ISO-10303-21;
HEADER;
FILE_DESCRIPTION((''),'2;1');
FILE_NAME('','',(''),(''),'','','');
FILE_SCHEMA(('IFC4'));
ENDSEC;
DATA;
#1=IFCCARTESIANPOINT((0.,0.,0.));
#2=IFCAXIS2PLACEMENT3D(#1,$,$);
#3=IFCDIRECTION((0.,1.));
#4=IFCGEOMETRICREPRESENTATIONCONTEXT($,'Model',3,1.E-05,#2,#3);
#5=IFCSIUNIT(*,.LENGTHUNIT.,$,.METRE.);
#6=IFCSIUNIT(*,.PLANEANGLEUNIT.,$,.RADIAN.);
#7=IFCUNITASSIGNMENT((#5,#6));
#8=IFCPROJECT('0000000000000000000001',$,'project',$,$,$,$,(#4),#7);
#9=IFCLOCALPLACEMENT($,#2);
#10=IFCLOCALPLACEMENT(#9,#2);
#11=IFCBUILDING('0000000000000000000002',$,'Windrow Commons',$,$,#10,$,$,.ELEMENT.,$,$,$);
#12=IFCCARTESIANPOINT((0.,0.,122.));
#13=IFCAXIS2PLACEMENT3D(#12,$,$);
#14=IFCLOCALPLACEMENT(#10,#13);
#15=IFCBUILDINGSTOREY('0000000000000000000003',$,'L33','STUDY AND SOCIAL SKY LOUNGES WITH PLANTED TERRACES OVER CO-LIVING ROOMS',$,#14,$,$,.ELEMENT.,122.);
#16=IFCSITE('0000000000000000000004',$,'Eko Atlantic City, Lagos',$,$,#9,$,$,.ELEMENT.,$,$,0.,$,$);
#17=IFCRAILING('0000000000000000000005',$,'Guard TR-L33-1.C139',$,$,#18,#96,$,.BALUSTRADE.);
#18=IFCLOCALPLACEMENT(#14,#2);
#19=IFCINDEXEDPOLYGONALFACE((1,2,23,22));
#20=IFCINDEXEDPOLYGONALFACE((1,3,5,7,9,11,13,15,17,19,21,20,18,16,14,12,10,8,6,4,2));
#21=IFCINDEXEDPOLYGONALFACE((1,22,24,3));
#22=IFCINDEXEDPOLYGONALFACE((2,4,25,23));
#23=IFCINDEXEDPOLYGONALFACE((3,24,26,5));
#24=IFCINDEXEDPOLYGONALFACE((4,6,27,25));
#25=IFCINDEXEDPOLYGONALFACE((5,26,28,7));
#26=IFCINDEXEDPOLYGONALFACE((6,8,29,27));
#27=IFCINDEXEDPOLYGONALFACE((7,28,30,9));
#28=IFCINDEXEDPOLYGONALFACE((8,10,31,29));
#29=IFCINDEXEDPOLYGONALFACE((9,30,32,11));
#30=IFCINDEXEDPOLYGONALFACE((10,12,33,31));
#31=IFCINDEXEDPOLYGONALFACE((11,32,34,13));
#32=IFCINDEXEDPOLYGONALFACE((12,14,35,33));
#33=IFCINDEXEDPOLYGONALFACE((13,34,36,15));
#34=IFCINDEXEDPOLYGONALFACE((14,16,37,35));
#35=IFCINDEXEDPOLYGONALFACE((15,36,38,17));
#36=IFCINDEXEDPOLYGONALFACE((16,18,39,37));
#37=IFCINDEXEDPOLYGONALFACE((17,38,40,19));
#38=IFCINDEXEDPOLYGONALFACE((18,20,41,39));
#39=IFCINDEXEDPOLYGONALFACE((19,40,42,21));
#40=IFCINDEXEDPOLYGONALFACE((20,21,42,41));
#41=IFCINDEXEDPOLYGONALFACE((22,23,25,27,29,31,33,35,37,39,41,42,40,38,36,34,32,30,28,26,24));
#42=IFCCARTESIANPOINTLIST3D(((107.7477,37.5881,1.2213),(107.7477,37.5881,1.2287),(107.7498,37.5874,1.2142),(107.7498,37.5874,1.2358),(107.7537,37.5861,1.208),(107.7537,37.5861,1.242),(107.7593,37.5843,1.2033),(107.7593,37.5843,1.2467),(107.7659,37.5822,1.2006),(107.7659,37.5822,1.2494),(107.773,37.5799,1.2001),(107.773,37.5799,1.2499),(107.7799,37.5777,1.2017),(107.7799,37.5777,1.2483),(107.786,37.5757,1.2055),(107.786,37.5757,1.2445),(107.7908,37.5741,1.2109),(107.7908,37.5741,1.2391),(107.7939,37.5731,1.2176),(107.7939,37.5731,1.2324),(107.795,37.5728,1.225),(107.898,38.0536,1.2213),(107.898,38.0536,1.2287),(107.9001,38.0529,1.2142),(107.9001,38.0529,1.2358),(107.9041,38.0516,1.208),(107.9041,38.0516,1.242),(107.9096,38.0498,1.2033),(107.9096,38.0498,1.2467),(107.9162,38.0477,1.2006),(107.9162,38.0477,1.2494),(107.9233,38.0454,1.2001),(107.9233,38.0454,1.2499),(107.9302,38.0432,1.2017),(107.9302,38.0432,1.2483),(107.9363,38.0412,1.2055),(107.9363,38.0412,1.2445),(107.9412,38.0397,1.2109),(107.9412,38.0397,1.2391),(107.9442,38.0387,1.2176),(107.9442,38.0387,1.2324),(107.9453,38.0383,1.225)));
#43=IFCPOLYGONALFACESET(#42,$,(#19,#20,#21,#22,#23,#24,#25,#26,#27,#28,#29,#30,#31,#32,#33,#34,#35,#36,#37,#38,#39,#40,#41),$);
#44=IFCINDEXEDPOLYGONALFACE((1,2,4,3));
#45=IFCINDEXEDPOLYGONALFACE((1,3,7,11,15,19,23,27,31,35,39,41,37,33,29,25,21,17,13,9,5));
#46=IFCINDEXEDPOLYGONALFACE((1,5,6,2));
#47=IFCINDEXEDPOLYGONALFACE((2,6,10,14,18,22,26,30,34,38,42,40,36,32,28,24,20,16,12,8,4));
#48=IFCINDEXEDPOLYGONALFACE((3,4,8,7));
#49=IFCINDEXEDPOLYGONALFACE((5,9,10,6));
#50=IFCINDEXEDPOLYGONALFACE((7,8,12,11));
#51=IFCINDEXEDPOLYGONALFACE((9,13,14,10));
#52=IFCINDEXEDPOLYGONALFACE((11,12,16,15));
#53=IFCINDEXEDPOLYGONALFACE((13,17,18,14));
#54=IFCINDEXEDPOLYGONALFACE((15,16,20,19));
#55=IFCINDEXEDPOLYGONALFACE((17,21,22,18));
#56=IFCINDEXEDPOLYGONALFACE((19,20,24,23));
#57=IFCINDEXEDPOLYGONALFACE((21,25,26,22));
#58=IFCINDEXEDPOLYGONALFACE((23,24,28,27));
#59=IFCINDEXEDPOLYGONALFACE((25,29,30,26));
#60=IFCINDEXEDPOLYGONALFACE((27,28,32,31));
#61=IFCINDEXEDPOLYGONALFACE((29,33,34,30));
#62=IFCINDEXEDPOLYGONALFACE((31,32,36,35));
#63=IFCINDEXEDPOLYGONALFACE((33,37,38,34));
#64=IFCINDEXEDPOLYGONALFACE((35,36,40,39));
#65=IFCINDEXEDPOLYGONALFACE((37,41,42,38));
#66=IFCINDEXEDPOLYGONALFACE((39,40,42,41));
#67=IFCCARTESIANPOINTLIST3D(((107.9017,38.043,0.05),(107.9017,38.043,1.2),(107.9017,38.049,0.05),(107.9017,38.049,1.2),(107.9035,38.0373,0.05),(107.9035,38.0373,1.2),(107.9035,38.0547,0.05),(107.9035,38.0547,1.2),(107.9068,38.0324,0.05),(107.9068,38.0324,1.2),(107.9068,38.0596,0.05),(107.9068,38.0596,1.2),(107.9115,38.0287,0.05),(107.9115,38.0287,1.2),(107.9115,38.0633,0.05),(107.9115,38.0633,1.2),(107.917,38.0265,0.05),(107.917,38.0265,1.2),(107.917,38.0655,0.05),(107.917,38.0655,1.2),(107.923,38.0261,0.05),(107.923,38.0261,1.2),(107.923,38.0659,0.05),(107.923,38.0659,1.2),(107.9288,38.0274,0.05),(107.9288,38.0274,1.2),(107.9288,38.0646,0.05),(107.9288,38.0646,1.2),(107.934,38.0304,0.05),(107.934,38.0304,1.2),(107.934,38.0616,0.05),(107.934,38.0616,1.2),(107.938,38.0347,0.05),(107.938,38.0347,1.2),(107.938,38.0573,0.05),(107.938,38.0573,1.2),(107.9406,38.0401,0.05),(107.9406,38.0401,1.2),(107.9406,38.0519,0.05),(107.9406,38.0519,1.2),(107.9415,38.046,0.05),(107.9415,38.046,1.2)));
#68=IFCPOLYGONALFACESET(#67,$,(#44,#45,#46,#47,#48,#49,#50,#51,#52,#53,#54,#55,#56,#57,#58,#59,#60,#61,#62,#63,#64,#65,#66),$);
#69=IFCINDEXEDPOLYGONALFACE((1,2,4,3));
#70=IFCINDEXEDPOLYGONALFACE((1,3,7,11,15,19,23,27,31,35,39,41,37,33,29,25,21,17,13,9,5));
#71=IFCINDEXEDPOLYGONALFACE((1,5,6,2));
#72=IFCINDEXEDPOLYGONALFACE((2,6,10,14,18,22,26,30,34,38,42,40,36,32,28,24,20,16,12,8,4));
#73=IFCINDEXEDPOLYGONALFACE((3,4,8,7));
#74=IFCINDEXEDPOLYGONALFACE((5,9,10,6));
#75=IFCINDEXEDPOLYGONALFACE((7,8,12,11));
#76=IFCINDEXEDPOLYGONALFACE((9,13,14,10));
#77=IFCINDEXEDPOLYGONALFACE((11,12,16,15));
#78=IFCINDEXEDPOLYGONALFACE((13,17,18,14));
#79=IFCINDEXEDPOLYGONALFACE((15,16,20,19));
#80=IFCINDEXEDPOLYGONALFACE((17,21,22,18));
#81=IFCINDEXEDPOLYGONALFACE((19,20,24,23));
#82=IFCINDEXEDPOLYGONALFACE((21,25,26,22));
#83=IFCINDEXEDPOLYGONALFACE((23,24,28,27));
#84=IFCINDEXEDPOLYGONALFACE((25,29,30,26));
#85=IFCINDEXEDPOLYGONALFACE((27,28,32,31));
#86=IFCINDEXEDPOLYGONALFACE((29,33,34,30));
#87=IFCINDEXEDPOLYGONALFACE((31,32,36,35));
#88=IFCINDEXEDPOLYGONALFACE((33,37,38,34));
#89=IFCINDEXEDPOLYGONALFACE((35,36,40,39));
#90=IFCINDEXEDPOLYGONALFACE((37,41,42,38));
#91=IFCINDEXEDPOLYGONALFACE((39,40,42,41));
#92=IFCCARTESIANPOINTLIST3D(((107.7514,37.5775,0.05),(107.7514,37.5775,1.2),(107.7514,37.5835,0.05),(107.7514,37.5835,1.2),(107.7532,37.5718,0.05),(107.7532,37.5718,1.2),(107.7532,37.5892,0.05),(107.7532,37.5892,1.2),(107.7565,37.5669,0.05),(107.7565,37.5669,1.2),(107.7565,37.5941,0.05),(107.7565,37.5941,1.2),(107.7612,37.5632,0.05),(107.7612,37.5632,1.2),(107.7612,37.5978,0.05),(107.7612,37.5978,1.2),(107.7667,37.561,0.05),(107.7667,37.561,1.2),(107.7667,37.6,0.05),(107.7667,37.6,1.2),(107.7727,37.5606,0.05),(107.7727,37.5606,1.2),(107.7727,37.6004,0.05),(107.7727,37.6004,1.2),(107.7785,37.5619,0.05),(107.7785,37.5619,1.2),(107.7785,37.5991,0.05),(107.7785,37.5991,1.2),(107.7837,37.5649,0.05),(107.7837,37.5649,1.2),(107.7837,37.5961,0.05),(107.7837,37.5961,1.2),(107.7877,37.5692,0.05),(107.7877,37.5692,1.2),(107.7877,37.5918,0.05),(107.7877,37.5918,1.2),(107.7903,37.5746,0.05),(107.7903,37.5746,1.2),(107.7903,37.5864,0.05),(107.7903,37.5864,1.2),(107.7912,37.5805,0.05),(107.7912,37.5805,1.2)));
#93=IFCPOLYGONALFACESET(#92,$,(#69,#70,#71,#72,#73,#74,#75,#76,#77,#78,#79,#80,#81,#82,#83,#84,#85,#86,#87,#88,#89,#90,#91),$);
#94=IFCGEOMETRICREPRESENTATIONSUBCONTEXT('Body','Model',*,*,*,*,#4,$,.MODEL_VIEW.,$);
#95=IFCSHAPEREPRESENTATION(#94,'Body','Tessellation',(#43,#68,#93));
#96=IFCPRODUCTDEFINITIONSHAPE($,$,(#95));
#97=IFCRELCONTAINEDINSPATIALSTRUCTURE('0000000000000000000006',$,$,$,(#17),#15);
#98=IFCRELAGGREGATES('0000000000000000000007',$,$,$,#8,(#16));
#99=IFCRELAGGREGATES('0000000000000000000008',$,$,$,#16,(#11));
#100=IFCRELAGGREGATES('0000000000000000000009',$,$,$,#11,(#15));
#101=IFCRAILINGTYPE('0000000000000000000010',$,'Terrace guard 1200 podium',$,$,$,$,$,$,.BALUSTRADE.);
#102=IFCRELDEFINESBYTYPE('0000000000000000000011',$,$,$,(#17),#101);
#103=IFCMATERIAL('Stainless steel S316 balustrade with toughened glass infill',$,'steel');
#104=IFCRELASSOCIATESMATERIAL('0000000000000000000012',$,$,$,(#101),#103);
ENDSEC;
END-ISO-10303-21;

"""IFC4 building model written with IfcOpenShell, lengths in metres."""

from ifc_helpers import new_model, si_unit, direction, frame, origin, origin_2d, place, context, subcontext, project, spatial, circle, extrude, material, type_object, element, save


model = new_model("IFC4")

# Units and contexts
model_context = context("Model", 3, precision=1e-05, world=origin(), true_north=direction((0.0, 1.0)))
body_context = subcontext(model_context, "Body", "Model", "MODEL_VIEW")
ifc_project = project(units=[si_unit("LENGTHUNIT", "METRE"), si_unit("PLANEANGLEUNIT", "RADIAN")], contexts=[model_context])

# Site, building, storey
site_placement = place(None, origin())
site = spatial("IfcSite", under=ifc_project, at=site_placement, Name="Eko Atlantic City, Lagos", CompositionType="ELEMENT", RefElevation=0.0)
building_placement = place(site_placement, origin())
building = spatial("IfcBuilding", under=site, at=building_placement, Name="Windrow Commons", CompositionType="ELEMENT")
storey_placement = place(building_placement, frame((0.0, 0.0, 122.0)))
storey = spatial("IfcBuildingStorey", under=building, at=storey_placement, Name="L33", Description="STUDY AND SOCIAL SKY LOUNGES WITH PLANTED TERRACES OVER CO-LIVING ROOMS", CompositionType="ELEMENT", Elevation=122.0)

# Railing
ifc_material_1 = material(Name="Stainless steel S316 balustrade with toughened glass infill", Category="steel")
railing_type = type_object("IfcRailingType", Name="Terrace guard 1200 podium", PredefinedType="BALUSTRADE", material=ifc_material_1)
railing_1_placement = place(storey_placement, frame((107.9215, 38.046, 0.05)))
element("IfcRailing", 1, at=railing_1_placement, inside=storey, type_object=railing_type, Name="Guard TR-L33-1.C139", PredefinedType="BALUSTRADE", context=body_context, shape_type="SweptSolid", body=[
    extrude(circle(Radius=0.025, at=origin_2d()), frame((0.0, 0.0, 1.175), z_axis=(-0.30726, -0.951626, 0.0), x_axis=(0.951626, -0.30726, 0.0)), (0.0, 0.0, 1.0), 0.4892),
    extrude(circle(Radius=0.02, at=origin_2d()), origin(), (0.0, 0.0, 1.0), 1.15),
    extrude(circle(Radius=0.02, at=origin_2d()), frame((-0.1503, -0.4655, 0.0)), (0.0, 0.0, 1.0), 1.15),
])

save(model, "model.ifc")
